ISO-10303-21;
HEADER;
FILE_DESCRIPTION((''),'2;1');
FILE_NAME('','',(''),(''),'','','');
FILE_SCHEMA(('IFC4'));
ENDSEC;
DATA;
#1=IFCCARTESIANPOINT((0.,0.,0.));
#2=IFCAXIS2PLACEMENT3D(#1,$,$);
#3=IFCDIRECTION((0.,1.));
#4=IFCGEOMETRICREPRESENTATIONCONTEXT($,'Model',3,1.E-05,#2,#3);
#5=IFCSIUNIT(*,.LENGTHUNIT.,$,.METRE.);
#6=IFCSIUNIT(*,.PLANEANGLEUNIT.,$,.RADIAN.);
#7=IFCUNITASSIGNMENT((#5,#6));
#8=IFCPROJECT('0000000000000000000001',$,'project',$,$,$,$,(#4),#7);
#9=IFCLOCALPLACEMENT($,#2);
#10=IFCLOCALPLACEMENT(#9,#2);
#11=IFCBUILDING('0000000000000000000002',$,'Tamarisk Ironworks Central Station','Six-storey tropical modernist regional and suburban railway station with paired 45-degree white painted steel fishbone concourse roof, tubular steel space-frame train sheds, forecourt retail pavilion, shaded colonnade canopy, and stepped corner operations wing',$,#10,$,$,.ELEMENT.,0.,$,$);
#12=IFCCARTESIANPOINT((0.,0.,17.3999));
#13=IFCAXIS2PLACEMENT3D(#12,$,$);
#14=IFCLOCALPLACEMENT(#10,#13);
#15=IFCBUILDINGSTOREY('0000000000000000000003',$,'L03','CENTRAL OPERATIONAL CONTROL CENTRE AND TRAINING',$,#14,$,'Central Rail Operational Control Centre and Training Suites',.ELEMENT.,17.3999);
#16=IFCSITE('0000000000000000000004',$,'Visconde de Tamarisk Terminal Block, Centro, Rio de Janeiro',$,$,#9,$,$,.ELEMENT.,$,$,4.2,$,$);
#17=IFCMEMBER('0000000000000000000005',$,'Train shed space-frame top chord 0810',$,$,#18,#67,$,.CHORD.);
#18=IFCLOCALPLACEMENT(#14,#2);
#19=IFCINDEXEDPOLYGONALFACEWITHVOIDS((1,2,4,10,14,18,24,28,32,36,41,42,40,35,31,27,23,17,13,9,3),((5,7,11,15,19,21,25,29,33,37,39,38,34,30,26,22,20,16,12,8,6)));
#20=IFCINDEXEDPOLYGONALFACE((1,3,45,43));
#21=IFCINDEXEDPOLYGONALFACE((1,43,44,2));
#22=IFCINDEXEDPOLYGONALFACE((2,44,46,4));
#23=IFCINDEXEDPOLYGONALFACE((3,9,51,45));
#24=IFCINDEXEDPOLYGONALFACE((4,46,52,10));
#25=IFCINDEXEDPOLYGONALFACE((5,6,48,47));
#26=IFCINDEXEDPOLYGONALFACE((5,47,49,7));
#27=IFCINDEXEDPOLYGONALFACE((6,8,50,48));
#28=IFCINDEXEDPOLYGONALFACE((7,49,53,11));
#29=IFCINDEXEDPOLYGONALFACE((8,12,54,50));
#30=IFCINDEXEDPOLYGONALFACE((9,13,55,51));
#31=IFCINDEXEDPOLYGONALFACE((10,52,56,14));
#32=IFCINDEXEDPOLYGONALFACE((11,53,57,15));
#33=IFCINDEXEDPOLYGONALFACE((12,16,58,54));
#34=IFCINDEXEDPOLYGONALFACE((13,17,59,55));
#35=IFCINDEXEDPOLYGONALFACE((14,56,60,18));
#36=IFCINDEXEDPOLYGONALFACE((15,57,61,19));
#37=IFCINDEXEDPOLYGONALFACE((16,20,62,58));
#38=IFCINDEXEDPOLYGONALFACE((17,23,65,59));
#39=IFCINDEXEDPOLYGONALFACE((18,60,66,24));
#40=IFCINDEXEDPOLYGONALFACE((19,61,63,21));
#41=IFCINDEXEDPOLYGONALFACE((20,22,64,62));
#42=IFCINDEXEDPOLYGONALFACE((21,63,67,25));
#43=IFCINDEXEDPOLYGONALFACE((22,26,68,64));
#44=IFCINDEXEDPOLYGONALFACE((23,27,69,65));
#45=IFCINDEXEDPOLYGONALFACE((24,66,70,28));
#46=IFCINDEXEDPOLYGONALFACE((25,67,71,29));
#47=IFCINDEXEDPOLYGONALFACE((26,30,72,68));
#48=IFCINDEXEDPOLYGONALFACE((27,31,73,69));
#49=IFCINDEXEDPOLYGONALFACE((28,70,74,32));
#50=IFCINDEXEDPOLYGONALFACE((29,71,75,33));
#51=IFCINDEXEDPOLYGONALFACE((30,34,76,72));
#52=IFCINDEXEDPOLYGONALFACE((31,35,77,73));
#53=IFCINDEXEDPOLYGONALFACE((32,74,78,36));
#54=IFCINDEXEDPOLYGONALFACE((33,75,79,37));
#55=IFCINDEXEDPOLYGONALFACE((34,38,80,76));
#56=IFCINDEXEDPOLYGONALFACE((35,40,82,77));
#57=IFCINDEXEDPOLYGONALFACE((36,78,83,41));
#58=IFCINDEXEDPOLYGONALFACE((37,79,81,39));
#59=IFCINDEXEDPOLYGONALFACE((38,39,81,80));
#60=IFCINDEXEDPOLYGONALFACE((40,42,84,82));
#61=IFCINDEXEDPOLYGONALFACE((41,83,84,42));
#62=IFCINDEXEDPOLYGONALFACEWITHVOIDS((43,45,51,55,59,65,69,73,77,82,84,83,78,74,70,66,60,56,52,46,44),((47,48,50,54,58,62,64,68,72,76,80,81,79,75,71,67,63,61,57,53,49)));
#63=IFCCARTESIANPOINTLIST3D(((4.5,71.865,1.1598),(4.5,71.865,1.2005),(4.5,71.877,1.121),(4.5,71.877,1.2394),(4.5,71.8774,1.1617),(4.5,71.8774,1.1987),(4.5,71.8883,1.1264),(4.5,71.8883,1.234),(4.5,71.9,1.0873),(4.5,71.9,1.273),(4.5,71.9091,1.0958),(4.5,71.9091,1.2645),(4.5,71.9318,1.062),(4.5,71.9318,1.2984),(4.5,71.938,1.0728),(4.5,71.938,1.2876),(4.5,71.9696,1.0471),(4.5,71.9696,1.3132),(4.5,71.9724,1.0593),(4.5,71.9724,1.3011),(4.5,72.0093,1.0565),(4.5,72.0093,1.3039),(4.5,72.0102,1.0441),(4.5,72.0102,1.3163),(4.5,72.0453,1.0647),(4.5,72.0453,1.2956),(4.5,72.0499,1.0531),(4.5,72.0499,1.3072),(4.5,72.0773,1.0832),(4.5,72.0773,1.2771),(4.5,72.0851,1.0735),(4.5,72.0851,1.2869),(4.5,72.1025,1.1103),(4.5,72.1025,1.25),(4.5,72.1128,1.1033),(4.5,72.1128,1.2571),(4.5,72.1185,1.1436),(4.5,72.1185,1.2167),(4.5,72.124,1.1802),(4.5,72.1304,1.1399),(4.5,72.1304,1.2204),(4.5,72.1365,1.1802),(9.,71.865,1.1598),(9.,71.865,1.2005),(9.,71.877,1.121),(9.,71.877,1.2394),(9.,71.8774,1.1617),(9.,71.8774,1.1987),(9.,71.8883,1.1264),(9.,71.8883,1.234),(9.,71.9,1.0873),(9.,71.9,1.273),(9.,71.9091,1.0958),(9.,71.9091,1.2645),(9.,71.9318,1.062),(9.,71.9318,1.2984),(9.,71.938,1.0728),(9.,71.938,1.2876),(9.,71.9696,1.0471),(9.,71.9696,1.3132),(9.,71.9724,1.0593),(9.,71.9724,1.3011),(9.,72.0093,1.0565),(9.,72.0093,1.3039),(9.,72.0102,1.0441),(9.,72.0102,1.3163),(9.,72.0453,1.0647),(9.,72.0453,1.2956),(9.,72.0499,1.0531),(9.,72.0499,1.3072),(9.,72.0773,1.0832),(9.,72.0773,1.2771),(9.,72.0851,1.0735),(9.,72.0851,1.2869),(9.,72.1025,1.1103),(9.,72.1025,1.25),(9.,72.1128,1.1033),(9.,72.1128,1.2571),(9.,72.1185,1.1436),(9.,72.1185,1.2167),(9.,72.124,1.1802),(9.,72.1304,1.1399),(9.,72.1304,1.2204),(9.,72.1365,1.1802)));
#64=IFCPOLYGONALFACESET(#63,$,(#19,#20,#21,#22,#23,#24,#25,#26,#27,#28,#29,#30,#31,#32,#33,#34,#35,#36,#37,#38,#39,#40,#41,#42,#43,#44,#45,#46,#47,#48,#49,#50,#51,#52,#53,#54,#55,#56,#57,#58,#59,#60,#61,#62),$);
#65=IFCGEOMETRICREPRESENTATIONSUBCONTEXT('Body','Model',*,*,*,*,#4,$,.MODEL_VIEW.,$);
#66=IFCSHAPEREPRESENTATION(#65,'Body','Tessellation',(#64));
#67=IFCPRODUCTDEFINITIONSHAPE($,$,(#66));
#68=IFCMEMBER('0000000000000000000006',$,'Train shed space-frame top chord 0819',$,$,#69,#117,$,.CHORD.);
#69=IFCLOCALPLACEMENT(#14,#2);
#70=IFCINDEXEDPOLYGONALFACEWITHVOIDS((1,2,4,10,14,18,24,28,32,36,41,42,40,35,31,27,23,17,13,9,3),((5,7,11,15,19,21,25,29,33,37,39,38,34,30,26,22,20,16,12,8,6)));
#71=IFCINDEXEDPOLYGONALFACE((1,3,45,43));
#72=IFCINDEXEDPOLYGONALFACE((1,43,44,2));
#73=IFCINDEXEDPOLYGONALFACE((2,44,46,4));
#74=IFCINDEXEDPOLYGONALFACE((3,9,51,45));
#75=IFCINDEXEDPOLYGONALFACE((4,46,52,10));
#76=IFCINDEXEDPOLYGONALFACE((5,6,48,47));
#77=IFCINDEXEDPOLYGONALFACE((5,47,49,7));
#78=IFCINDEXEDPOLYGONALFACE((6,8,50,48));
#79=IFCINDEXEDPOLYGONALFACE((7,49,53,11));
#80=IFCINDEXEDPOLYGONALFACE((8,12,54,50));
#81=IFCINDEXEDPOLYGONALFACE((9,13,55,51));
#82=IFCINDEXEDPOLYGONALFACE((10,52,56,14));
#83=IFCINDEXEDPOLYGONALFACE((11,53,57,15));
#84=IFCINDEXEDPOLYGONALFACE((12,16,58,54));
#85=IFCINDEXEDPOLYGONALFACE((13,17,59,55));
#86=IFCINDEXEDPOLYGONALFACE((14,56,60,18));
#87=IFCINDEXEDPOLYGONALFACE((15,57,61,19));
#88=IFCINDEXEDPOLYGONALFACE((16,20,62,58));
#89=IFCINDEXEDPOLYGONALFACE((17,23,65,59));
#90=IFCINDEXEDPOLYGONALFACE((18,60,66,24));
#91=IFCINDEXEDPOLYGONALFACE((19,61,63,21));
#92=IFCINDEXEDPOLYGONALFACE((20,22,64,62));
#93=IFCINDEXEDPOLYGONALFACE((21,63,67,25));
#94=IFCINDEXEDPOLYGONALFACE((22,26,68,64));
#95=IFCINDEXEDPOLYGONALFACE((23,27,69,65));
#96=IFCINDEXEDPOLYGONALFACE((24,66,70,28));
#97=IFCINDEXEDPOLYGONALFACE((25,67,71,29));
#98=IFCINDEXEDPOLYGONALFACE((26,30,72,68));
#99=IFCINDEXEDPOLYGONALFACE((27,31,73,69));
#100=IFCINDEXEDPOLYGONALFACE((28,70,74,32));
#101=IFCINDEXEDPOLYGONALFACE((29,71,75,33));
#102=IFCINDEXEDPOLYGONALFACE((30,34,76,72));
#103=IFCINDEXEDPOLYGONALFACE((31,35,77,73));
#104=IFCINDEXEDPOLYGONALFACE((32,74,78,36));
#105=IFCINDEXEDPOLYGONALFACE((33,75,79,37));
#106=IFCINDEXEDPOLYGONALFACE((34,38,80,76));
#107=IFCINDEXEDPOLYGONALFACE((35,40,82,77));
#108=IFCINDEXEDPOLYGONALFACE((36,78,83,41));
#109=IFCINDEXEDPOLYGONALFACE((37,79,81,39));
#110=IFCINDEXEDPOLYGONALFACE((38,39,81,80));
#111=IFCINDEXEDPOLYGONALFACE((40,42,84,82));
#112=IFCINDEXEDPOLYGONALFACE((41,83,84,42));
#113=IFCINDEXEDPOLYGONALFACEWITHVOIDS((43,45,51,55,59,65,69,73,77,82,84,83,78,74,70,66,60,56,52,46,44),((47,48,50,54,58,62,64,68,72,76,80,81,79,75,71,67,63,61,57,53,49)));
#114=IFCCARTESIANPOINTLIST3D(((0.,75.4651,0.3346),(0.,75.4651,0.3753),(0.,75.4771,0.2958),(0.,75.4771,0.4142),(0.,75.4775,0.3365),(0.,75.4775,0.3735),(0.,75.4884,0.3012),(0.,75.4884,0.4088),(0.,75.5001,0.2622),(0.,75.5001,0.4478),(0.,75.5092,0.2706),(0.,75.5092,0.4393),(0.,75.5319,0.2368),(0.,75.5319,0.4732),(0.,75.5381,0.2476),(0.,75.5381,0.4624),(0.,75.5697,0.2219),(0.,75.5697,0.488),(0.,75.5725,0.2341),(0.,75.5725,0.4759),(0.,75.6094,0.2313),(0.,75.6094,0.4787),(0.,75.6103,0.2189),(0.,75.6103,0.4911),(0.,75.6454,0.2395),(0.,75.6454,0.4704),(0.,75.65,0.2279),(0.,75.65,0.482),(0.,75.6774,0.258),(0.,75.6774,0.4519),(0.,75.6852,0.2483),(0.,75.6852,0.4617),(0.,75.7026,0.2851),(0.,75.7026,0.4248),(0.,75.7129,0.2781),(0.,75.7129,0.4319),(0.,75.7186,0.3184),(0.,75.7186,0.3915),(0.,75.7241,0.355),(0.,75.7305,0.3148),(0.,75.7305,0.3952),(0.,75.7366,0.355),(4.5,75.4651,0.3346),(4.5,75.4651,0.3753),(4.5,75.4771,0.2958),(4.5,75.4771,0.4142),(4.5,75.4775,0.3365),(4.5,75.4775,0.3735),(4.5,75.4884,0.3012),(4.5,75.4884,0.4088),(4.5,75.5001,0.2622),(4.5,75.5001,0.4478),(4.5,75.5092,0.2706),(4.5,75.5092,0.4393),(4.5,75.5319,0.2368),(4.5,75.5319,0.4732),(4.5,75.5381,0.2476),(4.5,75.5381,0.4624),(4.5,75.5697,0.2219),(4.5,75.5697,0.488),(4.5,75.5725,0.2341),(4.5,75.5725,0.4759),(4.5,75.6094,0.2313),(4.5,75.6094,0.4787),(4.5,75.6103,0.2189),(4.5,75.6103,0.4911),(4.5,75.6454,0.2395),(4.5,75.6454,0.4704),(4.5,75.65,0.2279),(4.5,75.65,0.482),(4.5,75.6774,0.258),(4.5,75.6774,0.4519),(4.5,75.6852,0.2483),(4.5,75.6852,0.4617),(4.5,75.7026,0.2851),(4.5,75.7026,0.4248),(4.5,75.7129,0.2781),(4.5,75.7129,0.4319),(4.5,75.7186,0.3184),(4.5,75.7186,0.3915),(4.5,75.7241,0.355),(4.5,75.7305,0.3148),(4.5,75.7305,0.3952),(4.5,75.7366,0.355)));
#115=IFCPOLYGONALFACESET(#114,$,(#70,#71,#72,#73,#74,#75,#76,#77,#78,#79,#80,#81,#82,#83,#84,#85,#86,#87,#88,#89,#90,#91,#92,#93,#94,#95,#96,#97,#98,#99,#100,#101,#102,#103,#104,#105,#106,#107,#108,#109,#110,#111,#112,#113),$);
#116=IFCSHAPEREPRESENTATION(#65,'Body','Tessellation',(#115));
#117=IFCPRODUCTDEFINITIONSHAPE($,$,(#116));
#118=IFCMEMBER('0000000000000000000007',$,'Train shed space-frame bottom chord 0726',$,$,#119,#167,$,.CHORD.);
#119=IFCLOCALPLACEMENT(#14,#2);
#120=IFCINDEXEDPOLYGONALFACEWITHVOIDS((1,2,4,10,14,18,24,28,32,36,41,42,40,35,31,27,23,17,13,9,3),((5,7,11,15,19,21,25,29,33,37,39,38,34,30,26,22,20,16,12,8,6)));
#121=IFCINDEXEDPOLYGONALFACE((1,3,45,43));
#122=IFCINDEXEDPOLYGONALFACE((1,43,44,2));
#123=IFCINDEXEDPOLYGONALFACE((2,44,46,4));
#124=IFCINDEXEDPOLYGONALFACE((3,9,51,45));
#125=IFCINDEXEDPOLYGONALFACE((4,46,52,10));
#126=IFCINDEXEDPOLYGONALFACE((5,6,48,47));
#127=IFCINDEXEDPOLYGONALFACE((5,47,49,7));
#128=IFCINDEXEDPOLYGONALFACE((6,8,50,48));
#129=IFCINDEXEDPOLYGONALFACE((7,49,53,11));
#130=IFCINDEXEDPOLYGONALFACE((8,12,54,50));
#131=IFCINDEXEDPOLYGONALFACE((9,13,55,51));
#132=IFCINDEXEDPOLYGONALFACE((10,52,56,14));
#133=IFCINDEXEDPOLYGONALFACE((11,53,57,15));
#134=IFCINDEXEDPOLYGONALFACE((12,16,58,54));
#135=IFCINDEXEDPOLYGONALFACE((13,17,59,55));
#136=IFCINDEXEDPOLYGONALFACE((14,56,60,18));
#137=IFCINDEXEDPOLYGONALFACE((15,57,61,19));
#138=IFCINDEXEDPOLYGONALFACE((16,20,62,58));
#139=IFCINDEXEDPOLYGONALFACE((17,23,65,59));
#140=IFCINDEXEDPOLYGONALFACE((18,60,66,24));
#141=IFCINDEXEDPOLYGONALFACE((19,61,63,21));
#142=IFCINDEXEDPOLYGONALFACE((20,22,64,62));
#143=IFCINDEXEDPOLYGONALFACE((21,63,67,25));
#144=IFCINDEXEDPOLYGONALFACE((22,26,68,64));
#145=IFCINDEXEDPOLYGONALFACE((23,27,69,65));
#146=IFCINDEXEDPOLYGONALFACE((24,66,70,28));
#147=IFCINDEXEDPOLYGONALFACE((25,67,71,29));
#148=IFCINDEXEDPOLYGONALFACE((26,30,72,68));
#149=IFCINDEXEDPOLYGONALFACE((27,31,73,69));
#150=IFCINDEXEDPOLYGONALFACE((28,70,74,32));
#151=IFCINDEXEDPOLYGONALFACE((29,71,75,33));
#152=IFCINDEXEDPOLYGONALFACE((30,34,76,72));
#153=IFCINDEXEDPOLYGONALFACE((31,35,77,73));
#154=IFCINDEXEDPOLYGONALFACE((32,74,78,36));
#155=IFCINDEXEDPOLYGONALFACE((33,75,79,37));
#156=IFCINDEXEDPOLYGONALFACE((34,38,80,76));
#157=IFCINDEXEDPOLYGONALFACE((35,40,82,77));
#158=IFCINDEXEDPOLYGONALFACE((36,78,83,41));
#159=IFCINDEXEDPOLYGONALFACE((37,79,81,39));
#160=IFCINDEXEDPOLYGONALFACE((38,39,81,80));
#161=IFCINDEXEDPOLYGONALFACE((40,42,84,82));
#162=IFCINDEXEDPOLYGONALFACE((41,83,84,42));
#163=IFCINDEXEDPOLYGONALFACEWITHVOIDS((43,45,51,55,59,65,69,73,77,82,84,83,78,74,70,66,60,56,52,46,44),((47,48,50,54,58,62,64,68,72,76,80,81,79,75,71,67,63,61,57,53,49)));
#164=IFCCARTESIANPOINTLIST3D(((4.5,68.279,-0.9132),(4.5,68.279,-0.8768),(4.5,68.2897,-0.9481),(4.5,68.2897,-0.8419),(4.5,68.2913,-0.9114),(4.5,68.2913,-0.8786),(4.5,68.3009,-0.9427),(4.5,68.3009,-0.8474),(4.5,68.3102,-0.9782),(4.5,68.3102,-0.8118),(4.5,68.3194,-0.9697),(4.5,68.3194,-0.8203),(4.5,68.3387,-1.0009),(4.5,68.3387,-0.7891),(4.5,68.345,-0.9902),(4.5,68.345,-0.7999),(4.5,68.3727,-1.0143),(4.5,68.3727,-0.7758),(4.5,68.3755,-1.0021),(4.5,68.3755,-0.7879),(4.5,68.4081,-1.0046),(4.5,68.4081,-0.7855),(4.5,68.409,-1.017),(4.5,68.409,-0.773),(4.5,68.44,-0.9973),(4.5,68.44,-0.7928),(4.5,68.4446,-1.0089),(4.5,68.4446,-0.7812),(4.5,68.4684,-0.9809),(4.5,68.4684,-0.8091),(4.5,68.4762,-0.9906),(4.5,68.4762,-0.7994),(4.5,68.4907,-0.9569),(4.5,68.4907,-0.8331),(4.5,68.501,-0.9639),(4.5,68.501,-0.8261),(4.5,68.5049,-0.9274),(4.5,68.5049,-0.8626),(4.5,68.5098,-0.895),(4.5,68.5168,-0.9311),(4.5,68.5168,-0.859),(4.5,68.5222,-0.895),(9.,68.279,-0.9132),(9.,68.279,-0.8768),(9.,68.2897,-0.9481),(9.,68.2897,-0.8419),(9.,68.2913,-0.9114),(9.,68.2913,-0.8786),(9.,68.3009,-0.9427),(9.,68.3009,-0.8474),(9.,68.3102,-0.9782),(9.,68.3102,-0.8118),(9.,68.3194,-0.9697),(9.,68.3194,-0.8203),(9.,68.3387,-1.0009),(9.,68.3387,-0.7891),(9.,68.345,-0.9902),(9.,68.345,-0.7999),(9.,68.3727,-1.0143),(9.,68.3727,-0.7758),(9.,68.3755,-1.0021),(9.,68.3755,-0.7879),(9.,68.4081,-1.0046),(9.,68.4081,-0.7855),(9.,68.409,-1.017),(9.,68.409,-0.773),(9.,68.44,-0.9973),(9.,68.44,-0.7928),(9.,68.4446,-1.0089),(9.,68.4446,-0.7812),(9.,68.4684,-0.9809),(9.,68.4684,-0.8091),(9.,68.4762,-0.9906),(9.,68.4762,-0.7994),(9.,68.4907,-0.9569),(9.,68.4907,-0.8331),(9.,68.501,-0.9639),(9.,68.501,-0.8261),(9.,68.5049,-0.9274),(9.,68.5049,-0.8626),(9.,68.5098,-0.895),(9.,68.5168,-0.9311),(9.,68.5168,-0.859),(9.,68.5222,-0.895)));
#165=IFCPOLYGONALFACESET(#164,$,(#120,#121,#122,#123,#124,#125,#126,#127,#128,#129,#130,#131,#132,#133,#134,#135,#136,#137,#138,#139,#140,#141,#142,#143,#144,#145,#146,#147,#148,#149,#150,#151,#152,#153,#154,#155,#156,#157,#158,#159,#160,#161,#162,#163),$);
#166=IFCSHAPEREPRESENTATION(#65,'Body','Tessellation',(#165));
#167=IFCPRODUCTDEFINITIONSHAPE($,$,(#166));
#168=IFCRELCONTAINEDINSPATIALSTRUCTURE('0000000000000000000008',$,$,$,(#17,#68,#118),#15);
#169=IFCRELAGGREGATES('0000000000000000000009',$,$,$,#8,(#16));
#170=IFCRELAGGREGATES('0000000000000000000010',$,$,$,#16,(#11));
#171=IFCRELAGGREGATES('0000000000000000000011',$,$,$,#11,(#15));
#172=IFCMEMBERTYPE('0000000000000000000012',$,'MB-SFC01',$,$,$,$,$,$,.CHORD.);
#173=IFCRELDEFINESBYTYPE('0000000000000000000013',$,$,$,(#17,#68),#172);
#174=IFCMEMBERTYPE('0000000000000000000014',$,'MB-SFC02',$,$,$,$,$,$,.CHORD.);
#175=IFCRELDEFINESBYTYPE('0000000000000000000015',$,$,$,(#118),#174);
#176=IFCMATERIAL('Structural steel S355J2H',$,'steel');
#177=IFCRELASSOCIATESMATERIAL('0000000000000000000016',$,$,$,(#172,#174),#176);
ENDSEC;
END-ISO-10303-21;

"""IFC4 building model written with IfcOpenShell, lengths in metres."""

from ifc_helpers import new_model, si_unit, direction, frame, origin, origin_2d, place, context, subcontext, project, spatial, hollow_circle, extrude, material, material_profile, profile_set, type_object, element, save


model = new_model("IFC4")

# Units and contexts
model_context = context("Model", 3, precision=1e-05, world=origin(), true_north=direction((0.0, 1.0)))
body_context = subcontext(model_context, "Body", "Model", "MODEL_VIEW")
ifc_project = project(units=[si_unit("LENGTHUNIT", "METRE"), si_unit("PLANEANGLEUNIT", "RADIAN")], contexts=[model_context])

# Site, building, storey
site_placement = place(None, origin())
site = spatial("IfcSite", under=ifc_project, at=site_placement, Name="Visconde de Tamarisk Terminal Block, Centro, Rio de Janeiro", CompositionType="ELEMENT", RefElevation=4.2)
building_placement = place(site_placement, origin())
building = spatial("IfcBuilding", under=site, at=building_placement, Name="Tamarisk Ironworks Central Station", Description="Six-storey tropical modernist regional and suburban railway station with paired 45-degree white painted steel fishbone concourse roof, tubular steel space-frame train sheds, forecourt retail pavilion, shaded colonnade canopy, and stepped corner operations wing", CompositionType="ELEMENT", ElevationOfRefHeight=0.0)
storey_placement = place(building_placement, frame((0.0, 0.0, 17.3999)))
storey = spatial("IfcBuildingStorey", under=building, at=storey_placement, Name="L03", Description="CENTRAL OPERATIONAL CONTROL CENTRE AND TRAINING", LongName="Central Rail Operational Control Centre and Training Suites", CompositionType="ELEMENT", Elevation=17.3999)

# Members
ifc_material_1 = material(Name="Structural steel S355J2H", Category="steel")
ifc_material_profile_1 = material_profile(ifc_material_1, hollow_circle(Radius=0.1365, WallThickness=0.0125, at=origin_2d()), Name="CHS 273x12.5")
ifc_profile_set_1 = profile_set([ifc_material_profile_1], Name="Structural steel S355J2H")
member_type_1 = type_object("IfcMemberType", Name="MB-SFC01", PredefinedType="CHORD", material=ifc_profile_set_1)
for number, where, z_axis, x_axis, name in (
    (1, (4.5, 72.0, 1.1802), (1.0, 0.0, 0.0), (0.0, 1.0, 0.0), "Train shed space-frame top chord 0810"),
    (2, (0.0, 75.6001, 0.355), (1.0, 0.0, 0.0), (0.0, 1.0, 0.0), "Train shed space-frame top chord 0819"),
):
    element("IfcMember", number, at=place(storey_placement, frame(where, z_axis=z_axis, x_axis=x_axis)), inside=storey, type_object=member_type_1, Name=name, PredefinedType="CHORD", context=body_context, shape_type="SweptSolid", body=[
        extrude(hollow_circle(Radius=0.1365, WallThickness=0.0125, at=origin_2d()), origin(), (0.0, 0.0, 1.0), 4.5),
    ])
ifc_material_profile_2 = material_profile(ifc_material_1, hollow_circle(Radius=0.1223, WallThickness=0.0125, at=origin_2d()), Name="CHS 244.5x12.5")
ifc_profile_set_2 = profile_set([ifc_material_profile_2], Name="Structural steel S355J2H")
member_type_2 = type_object("IfcMemberType", Name="MB-SFC02", PredefinedType="CHORD", material=ifc_profile_set_2)
for number, where, z_axis, x_axis, name in (
    (3, (4.5, 68.3999, -0.895), (1.0, 0.0, 0.0), (0.0, 1.0, 0.0), "Train shed space-frame bottom chord 0726"),
):
    element("IfcMember", number, at=place(storey_placement, frame(where, z_axis=z_axis, x_axis=x_axis)), inside=storey, type_object=member_type_2, Name=name, PredefinedType="CHORD", context=body_context, shape_type="SweptSolid", body=[
        extrude(hollow_circle(Radius=0.1223, WallThickness=0.0125, at=origin_2d()), origin(), (0.0, 0.0, 1.0), 4.5),
    ])

save(model, "model.ifc")
